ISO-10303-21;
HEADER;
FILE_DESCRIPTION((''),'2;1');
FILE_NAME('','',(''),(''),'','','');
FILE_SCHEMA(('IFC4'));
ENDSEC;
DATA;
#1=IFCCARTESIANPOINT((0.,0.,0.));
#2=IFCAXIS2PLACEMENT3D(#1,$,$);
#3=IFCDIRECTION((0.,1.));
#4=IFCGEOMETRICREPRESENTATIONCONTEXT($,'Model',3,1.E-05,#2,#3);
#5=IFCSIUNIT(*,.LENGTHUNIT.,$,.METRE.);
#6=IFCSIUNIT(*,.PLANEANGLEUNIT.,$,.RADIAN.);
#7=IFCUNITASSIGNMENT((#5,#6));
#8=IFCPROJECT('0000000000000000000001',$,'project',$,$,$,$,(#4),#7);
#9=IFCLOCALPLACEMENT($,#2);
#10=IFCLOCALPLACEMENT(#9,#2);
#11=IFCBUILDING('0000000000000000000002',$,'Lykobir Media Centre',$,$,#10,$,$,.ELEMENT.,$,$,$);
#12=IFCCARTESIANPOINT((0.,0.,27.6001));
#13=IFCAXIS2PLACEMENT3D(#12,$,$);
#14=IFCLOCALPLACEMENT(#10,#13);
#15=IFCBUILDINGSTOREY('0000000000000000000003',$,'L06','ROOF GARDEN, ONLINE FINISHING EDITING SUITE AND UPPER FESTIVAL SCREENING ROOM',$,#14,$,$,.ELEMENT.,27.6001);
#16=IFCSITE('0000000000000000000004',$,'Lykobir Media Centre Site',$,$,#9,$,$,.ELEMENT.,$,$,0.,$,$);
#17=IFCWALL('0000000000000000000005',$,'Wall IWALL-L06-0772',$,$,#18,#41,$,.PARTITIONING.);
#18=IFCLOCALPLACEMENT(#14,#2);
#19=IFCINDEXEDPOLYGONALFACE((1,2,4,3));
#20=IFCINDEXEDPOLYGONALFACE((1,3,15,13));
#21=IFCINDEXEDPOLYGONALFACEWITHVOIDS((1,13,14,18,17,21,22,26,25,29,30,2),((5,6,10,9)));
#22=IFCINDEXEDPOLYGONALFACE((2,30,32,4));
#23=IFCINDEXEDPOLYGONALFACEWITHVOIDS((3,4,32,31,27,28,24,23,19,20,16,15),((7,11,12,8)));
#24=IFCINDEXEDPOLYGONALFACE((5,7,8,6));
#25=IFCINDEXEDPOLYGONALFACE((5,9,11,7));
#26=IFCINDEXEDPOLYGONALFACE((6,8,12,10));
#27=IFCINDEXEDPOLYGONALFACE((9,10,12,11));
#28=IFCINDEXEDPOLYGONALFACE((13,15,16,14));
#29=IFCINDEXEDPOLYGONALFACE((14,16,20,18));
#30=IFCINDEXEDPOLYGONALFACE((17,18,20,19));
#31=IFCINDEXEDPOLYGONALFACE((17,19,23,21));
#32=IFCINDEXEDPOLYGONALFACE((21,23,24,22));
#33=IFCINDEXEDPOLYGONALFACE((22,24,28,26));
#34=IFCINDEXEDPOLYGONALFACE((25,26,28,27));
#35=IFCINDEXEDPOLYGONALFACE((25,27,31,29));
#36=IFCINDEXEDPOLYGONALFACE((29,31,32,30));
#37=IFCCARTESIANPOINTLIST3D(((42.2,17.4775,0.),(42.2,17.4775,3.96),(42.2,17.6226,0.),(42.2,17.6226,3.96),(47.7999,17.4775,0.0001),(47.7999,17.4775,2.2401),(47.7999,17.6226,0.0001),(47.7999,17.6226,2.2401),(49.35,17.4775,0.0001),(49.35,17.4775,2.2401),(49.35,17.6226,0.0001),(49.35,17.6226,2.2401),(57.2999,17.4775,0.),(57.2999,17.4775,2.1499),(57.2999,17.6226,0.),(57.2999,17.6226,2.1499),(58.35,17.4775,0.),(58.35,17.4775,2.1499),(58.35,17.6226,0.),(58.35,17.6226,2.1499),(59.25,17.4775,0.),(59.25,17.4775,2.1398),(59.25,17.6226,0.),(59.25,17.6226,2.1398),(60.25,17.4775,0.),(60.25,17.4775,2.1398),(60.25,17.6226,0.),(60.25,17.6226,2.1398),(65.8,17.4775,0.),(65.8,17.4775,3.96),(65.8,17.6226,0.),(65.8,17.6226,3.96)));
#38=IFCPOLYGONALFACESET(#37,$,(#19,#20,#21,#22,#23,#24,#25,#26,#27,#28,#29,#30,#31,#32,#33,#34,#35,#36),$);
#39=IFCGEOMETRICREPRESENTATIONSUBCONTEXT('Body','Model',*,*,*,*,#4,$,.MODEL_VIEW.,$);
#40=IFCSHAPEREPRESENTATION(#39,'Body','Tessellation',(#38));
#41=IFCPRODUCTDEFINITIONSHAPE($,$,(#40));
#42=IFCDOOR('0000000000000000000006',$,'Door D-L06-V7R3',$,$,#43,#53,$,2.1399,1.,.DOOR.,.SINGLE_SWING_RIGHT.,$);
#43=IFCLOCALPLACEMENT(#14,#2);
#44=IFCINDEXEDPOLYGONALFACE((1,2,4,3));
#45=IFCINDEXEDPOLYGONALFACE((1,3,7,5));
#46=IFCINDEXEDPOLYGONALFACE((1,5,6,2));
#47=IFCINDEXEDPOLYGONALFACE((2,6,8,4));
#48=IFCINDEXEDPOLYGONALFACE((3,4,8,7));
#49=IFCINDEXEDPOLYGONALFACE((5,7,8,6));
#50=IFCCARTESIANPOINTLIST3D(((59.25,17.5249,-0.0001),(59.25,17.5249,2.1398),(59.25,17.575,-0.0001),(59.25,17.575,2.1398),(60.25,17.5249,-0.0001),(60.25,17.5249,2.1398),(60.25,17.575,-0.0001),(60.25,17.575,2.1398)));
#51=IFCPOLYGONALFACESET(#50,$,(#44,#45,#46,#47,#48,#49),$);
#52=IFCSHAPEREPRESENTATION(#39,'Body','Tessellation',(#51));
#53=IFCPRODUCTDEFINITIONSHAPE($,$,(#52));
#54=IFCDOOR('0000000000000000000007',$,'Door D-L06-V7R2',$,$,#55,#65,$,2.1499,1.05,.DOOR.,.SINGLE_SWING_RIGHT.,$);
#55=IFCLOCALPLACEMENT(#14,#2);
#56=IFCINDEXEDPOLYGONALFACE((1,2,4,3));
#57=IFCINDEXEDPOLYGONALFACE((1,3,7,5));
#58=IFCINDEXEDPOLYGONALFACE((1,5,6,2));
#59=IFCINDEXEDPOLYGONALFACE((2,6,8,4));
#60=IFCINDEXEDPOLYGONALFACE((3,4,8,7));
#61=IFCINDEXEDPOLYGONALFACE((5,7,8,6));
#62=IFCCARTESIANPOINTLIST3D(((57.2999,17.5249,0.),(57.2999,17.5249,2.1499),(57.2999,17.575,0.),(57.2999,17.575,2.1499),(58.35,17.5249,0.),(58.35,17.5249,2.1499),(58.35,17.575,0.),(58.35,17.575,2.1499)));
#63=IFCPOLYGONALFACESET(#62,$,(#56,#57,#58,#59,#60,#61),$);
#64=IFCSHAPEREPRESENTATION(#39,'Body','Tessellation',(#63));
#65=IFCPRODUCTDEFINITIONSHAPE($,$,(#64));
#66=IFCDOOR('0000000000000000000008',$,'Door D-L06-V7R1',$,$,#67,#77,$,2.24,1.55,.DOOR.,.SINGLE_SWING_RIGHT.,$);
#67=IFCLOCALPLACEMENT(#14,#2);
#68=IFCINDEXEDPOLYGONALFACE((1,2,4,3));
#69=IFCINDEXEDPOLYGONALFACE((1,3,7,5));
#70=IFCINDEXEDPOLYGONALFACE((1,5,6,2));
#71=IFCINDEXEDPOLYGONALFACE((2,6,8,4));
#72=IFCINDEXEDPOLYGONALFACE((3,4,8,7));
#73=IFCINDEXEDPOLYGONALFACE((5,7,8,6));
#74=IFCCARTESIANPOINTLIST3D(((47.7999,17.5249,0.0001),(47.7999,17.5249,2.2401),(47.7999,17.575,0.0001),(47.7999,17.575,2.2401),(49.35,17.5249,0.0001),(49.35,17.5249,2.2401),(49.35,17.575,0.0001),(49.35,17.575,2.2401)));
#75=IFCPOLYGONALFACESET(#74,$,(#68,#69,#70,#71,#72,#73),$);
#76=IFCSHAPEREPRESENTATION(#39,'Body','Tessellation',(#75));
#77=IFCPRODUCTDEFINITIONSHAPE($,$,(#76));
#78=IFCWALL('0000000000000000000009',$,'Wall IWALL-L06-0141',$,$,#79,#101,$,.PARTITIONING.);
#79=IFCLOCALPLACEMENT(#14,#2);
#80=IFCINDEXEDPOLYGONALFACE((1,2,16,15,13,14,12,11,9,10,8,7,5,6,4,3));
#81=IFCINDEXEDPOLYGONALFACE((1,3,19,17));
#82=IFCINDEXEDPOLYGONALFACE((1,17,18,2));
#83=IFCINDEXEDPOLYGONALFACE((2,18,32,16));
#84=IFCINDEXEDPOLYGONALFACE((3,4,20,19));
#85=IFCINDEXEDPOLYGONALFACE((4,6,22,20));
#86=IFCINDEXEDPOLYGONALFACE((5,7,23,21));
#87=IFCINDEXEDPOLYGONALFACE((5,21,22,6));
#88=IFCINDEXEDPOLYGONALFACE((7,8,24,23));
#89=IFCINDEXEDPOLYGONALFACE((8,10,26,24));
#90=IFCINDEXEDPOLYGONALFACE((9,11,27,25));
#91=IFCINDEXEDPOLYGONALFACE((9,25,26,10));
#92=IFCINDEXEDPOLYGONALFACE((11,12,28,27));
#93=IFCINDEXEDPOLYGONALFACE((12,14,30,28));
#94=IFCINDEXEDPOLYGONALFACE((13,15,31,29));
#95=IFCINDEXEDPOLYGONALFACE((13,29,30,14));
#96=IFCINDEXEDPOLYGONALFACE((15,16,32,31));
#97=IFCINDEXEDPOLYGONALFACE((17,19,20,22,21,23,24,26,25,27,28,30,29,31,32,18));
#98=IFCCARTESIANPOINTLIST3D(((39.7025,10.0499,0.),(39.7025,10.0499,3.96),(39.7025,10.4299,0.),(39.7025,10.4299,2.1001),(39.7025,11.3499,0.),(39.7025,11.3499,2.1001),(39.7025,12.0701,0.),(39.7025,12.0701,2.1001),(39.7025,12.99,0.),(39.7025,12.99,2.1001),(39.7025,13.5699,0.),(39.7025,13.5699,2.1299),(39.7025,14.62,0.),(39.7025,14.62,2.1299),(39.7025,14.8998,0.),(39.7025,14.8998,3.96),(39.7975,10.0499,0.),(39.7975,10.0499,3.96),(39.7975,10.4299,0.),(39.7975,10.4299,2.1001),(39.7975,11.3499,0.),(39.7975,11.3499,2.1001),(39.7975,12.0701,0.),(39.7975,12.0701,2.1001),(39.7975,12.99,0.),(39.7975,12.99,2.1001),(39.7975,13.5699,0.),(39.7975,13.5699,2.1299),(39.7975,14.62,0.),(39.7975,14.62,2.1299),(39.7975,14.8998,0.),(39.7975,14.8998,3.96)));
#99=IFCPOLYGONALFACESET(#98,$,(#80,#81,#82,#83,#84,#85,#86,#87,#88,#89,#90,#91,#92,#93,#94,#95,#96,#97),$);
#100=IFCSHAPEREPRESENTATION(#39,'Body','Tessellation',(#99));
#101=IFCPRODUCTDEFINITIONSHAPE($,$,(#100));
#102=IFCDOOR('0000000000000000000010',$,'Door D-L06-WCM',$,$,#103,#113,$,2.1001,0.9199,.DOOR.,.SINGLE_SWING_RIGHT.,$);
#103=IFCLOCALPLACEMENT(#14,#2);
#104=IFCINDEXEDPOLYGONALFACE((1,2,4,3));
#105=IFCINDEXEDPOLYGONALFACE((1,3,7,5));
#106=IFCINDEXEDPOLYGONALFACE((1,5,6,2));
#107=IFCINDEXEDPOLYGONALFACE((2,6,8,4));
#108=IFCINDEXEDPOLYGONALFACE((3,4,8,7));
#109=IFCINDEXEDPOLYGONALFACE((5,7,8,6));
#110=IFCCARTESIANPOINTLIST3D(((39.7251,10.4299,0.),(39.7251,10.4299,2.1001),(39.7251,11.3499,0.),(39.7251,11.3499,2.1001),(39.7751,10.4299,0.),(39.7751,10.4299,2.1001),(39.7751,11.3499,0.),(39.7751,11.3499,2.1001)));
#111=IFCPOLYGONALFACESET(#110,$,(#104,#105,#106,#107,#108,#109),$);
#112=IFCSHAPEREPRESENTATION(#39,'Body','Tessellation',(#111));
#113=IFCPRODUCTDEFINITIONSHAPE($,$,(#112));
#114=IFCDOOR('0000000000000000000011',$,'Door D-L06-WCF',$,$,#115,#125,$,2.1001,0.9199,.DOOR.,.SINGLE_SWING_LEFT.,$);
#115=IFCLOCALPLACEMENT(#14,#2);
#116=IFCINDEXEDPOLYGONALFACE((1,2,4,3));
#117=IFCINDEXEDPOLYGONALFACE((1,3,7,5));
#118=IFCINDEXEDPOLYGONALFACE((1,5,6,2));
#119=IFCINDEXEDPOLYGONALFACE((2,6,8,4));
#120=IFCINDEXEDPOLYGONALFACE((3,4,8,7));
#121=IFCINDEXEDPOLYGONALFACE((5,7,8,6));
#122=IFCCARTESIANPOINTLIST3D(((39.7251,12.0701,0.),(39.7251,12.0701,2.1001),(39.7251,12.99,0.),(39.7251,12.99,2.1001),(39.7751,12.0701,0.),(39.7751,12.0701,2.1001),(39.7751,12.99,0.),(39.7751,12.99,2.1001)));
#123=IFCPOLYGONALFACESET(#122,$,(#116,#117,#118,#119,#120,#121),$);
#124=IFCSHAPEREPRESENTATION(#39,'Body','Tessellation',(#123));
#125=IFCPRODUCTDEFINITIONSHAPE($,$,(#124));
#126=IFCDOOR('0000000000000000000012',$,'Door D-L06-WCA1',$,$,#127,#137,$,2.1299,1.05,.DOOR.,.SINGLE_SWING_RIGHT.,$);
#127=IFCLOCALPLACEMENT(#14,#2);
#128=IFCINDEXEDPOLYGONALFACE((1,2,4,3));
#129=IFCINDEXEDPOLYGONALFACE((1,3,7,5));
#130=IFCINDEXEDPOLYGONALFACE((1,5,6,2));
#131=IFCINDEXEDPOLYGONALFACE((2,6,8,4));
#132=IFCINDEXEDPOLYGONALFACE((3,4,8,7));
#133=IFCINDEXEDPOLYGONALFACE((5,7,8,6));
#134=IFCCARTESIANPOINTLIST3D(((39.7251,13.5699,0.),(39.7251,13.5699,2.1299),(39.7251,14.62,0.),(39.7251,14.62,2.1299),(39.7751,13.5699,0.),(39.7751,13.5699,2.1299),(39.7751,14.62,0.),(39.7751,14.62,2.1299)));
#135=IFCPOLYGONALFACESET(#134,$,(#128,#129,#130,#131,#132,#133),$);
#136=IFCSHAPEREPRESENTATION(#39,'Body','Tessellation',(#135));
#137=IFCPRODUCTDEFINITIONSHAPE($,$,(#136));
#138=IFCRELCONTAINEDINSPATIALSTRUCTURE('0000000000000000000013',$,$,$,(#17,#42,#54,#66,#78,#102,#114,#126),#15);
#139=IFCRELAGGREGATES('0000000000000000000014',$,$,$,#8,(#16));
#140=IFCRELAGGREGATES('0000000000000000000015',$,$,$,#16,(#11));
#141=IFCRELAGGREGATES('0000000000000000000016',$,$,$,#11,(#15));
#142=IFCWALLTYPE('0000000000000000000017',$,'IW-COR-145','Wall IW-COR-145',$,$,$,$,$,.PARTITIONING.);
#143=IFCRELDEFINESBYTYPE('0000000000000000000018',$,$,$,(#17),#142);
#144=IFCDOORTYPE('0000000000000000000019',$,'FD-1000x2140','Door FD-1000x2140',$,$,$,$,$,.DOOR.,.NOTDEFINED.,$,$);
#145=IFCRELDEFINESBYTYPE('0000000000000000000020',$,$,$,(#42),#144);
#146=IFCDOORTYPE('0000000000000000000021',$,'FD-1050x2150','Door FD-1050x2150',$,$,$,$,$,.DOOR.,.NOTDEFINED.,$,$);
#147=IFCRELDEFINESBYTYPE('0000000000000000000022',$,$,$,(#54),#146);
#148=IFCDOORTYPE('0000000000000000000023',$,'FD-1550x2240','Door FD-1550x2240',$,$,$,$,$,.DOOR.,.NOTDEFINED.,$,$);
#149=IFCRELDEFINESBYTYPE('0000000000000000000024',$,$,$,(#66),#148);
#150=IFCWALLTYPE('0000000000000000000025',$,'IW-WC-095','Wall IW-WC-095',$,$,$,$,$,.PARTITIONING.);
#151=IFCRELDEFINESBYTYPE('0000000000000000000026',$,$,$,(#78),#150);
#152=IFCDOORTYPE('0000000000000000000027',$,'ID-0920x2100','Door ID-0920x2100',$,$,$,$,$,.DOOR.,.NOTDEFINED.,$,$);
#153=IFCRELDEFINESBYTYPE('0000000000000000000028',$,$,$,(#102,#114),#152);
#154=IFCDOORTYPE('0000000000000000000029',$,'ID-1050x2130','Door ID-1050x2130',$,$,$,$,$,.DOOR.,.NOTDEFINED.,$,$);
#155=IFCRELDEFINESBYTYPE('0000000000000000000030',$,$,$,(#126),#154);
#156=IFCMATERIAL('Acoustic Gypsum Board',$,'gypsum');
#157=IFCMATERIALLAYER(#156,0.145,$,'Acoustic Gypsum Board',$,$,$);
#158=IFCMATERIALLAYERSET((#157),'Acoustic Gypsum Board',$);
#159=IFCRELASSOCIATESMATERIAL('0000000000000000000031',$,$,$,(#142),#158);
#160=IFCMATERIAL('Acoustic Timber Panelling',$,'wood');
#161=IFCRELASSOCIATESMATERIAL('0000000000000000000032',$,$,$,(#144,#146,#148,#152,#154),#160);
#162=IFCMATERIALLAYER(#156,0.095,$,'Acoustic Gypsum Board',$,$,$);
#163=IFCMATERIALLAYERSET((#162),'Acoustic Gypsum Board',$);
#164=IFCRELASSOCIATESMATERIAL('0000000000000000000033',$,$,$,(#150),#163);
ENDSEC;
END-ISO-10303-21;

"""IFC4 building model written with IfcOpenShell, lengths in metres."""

from ifc_helpers import new_model, si_unit, direction, frame, frame_2d, origin, place, context, subcontext, project, spatial, rectangle, extrude, material, layer, layer_set, type_object, element, fill, save


model = new_model("IFC4")

# Units and contexts
model_context = context("Model", 3, precision=1e-05, world=origin(), true_north=direction((0.0, 1.0)))
body_context = subcontext(model_context, "Body", "Model", "MODEL_VIEW")
ifc_project = project(units=[si_unit("LENGTHUNIT", "METRE"), si_unit("PLANEANGLEUNIT", "RADIAN")], contexts=[model_context])

# Site, building, storey
site_placement = place(None, origin())
site = spatial("IfcSite", under=ifc_project, at=site_placement, Name="Lykobir Media Centre Site", CompositionType="ELEMENT", RefElevation=0.0)
building_placement = place(site_placement, origin())
building = spatial("IfcBuilding", under=site, at=building_placement, Name="Lykobir Media Centre", CompositionType="ELEMENT")
storey_placement = place(building_placement, frame((0.0, 0.0, 27.6001)))
storey = spatial("IfcBuildingStorey", under=building, at=storey_placement, Name="L06", Description="ROOF GARDEN, ONLINE FINISHING EDITING SUITE AND UPPER FESTIVAL SCREENING ROOM", CompositionType="ELEMENT", Elevation=27.6001)

# Walls, openings, doors
ifc_material_1 = material(Name="Acoustic Gypsum Board", Category="gypsum")
ifc_layer_1 = layer(ifc_material_1, 0.145, Name="Acoustic Gypsum Board")
ifc_layer_set_1 = layer_set([ifc_layer_1], Name="Acoustic Gypsum Board")
wall_type_1 = type_object("IfcWallType", Name="IW-COR-145", Description="Wall IW-COR-145", PredefinedType="PARTITIONING", material=ifc_layer_set_1)
wall_1_placement = place(storey_placement, frame((42.2, 17.55, 0.0), z_axis=(0.0, 0.0, 1.0), x_axis=(1.0, 0.0, 0.0)))
wall_1 = element("IfcWall", 1, at=wall_1_placement, inside=storey, type_object=wall_type_1, Name="Wall IWALL-L06-0772", PredefinedType="PARTITIONING", context=body_context, shape_type="SweptSolid", body=[
    extrude(rectangle(XDim=23.6001, YDim=0.145, at=frame_2d((11.8, 0.0))), origin(), (0.0, 0.0, 1.0), 3.96),
])
opening_1_placement = place(wall_1_placement, frame((5.6001, 0.0, 0.0)))
opening_1 = element("IfcOpeningElement", 2, at=opening_1_placement, cuts=wall_1, PredefinedType="OPENING", context=body_context, shape_type="SweptSolid", body=[
    extrude(rectangle(XDim=1.55, YDim=2.24, at=frame_2d((0.7749, 1.1201))), frame((0.0, 0.0825, 0.0), z_axis=(0.0, -1.0, 0.0), x_axis=(1.0, 0.0, 0.0)), (0.0, 0.0, 1.0), 0.165),
])
opening_2_placement = place(wall_1_placement, frame((15.1001, 0.0, 0.0)))
opening_2 = element("IfcOpeningElement", 3, at=opening_2_placement, cuts=wall_1, PredefinedType="OPENING", context=body_context, shape_type="SweptSolid", body=[
    extrude(rectangle(XDim=1.05, YDim=2.1499, at=frame_2d((0.5249, 1.075))), frame((0.0, 0.0825, 0.0), z_axis=(0.0, -1.0, 0.0), x_axis=(1.0, 0.0, 0.0)), (0.0, 0.0, 1.0), 0.165),
])
opening_3_placement = place(wall_1_placement, frame((17.05, 0.0, 0.0)))
opening_3 = element("IfcOpeningElement", 4, at=opening_3_placement, cuts=wall_1, PredefinedType="OPENING", context=body_context, shape_type="SweptSolid", body=[
    extrude(rectangle(XDim=1.0, YDim=2.1399, at=frame_2d((0.5, 1.0698))), frame((0.0, 0.0825, 0.0), z_axis=(0.0, -1.0, 0.0), x_axis=(1.0, 0.0, 0.0)), (0.0, 0.0, 1.0), 0.165),
])
ifc_material_2 = material(Name="Acoustic Timber Panelling", Category="wood")
door_type_1 = type_object("IfcDoorType", Name="FD-1000x2140", Description="Door FD-1000x2140", OperationType="NOTDEFINED", PredefinedType="DOOR", material=ifc_material_2)
door_1_placement = place(opening_3_placement, origin())
door_1 = element("IfcDoor", 5, at=door_1_placement, inside=storey, type_object=door_type_1, Name="Door D-L06-V7R3", OperationType="SINGLE_SWING_RIGHT", OverallHeight=2.1399, OverallWidth=1.0, PredefinedType="DOOR", context=body_context, shape_type="SweptSolid", body=[
    extrude(rectangle(XDim=1.0, YDim=2.1399, at=frame_2d((0.5, 1.0698))), frame((0.0, 0.0249, 0.0), z_axis=(0.0, -1.0, 0.0), x_axis=(1.0, 0.0, 0.0)), (0.0, 0.0, 1.0), 0.05),
])
fill(opening_3, door_1)
door_type_2 = type_object("IfcDoorType", Name="FD-1050x2150", Description="Door FD-1050x2150", OperationType="NOTDEFINED", PredefinedType="DOOR", material=ifc_material_2)
door_2_placement = place(opening_2_placement, origin())
door_2 = element("IfcDoor", 6, at=door_2_placement, inside=storey, type_object=door_type_2, Name="Door D-L06-V7R2", OperationType="SINGLE_SWING_RIGHT", OverallHeight=2.1499, OverallWidth=1.05, PredefinedType="DOOR", context=body_context, shape_type="SweptSolid", body=[
    extrude(rectangle(XDim=1.05, YDim=2.1499, at=frame_2d((0.5249, 1.075))), frame((0.0, 0.0249, 0.0), z_axis=(0.0, -1.0, 0.0), x_axis=(1.0, 0.0, 0.0)), (0.0, 0.0, 1.0), 0.05),
])
fill(opening_2, door_2)
door_type_3 = type_object("IfcDoorType", Name="FD-1550x2240", Description="Door FD-1550x2240", OperationType="NOTDEFINED", PredefinedType="DOOR", material=ifc_material_2)
door_3_placement = place(opening_1_placement, origin())
door_3 = element("IfcDoor", 7, at=door_3_placement, inside=storey, type_object=door_type_3, Name="Door D-L06-V7R1", OperationType="SINGLE_SWING_RIGHT", OverallHeight=2.24, OverallWidth=1.55, PredefinedType="DOOR", context=body_context, shape_type="SweptSolid", body=[
    extrude(rectangle(XDim=1.55, YDim=2.24, at=frame_2d((0.7749, 1.1201))), frame((0.0, 0.0249, 0.0), z_axis=(0.0, -1.0, 0.0), x_axis=(1.0, 0.0, 0.0)), (0.0, 0.0, 1.0), 0.05),
])
fill(opening_1, door_3)
ifc_layer_2 = layer(ifc_material_1, 0.095, Name="Acoustic Gypsum Board")
ifc_layer_set_2 = layer_set([ifc_layer_2], Name="Acoustic Gypsum Board")
wall_type_2 = type_object("IfcWallType", Name="IW-WC-095", Description="Wall IW-WC-095", PredefinedType="PARTITIONING", material=ifc_layer_set_2)
wall_2_placement = place(storey_placement, frame((39.75, 10.05, 0.0), z_axis=(0.0, 0.0, 1.0), x_axis=(0.0, 1.0, 0.0)))
wall_2 = element("IfcWall", 8, at=wall_2_placement, inside=storey, type_object=wall_type_2, Name="Wall IWALL-L06-0141", PredefinedType="PARTITIONING", context=body_context, shape_type="SweptSolid", body=[
    extrude(rectangle(XDim=4.8499, YDim=0.095, at=frame_2d((2.4248, 0.0))), origin(), (0.0, 0.0, 1.0), 3.96),
])
opening_4_placement = place(wall_2_placement, frame((0.3799, 0.0, 0.0)))
opening_4 = element("IfcOpeningElement", 9, at=opening_4_placement, cuts=wall_2, PredefinedType="OPENING", context=body_context, shape_type="SweptSolid", body=[
    extrude(rectangle(XDim=0.9199, YDim=2.1001, at=frame_2d((0.46, 1.05))), frame((0.0, 0.0574, 0.0), z_axis=(0.0, -1.0, 0.0), x_axis=(1.0, 0.0, 0.0)), (0.0, 0.0, 1.0), 0.115),
])
opening_5_placement = place(wall_2_placement, frame((2.02, 0.0, 0.0)))
opening_5 = element("IfcOpeningElement", 10, at=opening_5_placement, cuts=wall_2, PredefinedType="OPENING", context=body_context, shape_type="SweptSolid", body=[
    extrude(rectangle(XDim=0.9199, YDim=2.1001, at=frame_2d((0.46, 1.05))), frame((0.0, 0.0574, 0.0), z_axis=(0.0, -1.0, 0.0), x_axis=(1.0, 0.0, 0.0)), (0.0, 0.0, 1.0), 0.115),
])
opening_6_placement = place(wall_2_placement, frame((3.52, 0.0, 0.0)))
opening_6 = element("IfcOpeningElement", 11, at=opening_6_placement, cuts=wall_2, PredefinedType="OPENING", context=body_context, shape_type="SweptSolid", body=[
    extrude(rectangle(XDim=1.05, YDim=2.1299, at=frame_2d((0.5249, 1.0649))), frame((0.0, 0.0574, 0.0), z_axis=(0.0, -1.0, 0.0), x_axis=(1.0, 0.0, 0.0)), (0.0, 0.0, 1.0), 0.115),
])
door_type_4 = type_object("IfcDoorType", Name="ID-0920x2100", Description="Door ID-0920x2100", OperationType="NOTDEFINED", PredefinedType="DOOR", material=ifc_material_2)
door_4_placement = place(opening_4_placement, origin())
door_4 = element("IfcDoor", 12, at=door_4_placement, inside=storey, type_object=door_type_4, Name="Door D-L06-WCM", OperationType="SINGLE_SWING_RIGHT", OverallHeight=2.1001, OverallWidth=0.9199, PredefinedType="DOOR", context=body_context, shape_type="SweptSolid", body=[
    extrude(rectangle(XDim=0.9199, YDim=2.1001, at=frame_2d((0.46, 1.05))), frame((0.0, 0.0249, 0.0), z_axis=(0.0, -1.0, 0.0), x_axis=(1.0, 0.0, 0.0)), (0.0, 0.0, 1.0), 0.05),
])
fill(opening_4, door_4)
door_5_placement = place(opening_5_placement, origin())
door_5 = element("IfcDoor", 13, at=door_5_placement, inside=storey, type_object=door_type_4, Name="Door D-L06-WCF", OperationType="SINGLE_SWING_LEFT", OverallHeight=2.1001, OverallWidth=0.9199, PredefinedType="DOOR", context=body_context, shape_type="SweptSolid", body=[
    extrude(rectangle(XDim=0.9199, YDim=2.1001, at=frame_2d((0.46, 1.05))), frame((0.0, 0.0249, 0.0), z_axis=(0.0, -1.0, 0.0), x_axis=(1.0, 0.0, 0.0)), (0.0, 0.0, 1.0), 0.05),
])
fill(opening_5, door_5)
door_type_5 = type_object("IfcDoorType", Name="ID-1050x2130", Description="Door ID-1050x2130", OperationType="NOTDEFINED", PredefinedType="DOOR", material=ifc_material_2)
door_6_placement = place(opening_6_placement, origin())
door_6 = element("IfcDoor", 14, at=door_6_placement, inside=storey, type_object=door_type_5, Name="Door D-L06-WCA1", OperationType="SINGLE_SWING_RIGHT", OverallHeight=2.1299, OverallWidth=1.05, PredefinedType="DOOR", context=body_context, shape_type="SweptSolid", body=[
    extrude(rectangle(XDim=1.05, YDim=2.1299, at=frame_2d((0.5249, 1.0649))), frame((0.0, 0.0249, 0.0), z_axis=(0.0, -1.0, 0.0), x_axis=(1.0, 0.0, 0.0)), (0.0, 0.0, 1.0), 0.05),
])
fill(opening_6, door_6)

save(model, "model.ifc")
